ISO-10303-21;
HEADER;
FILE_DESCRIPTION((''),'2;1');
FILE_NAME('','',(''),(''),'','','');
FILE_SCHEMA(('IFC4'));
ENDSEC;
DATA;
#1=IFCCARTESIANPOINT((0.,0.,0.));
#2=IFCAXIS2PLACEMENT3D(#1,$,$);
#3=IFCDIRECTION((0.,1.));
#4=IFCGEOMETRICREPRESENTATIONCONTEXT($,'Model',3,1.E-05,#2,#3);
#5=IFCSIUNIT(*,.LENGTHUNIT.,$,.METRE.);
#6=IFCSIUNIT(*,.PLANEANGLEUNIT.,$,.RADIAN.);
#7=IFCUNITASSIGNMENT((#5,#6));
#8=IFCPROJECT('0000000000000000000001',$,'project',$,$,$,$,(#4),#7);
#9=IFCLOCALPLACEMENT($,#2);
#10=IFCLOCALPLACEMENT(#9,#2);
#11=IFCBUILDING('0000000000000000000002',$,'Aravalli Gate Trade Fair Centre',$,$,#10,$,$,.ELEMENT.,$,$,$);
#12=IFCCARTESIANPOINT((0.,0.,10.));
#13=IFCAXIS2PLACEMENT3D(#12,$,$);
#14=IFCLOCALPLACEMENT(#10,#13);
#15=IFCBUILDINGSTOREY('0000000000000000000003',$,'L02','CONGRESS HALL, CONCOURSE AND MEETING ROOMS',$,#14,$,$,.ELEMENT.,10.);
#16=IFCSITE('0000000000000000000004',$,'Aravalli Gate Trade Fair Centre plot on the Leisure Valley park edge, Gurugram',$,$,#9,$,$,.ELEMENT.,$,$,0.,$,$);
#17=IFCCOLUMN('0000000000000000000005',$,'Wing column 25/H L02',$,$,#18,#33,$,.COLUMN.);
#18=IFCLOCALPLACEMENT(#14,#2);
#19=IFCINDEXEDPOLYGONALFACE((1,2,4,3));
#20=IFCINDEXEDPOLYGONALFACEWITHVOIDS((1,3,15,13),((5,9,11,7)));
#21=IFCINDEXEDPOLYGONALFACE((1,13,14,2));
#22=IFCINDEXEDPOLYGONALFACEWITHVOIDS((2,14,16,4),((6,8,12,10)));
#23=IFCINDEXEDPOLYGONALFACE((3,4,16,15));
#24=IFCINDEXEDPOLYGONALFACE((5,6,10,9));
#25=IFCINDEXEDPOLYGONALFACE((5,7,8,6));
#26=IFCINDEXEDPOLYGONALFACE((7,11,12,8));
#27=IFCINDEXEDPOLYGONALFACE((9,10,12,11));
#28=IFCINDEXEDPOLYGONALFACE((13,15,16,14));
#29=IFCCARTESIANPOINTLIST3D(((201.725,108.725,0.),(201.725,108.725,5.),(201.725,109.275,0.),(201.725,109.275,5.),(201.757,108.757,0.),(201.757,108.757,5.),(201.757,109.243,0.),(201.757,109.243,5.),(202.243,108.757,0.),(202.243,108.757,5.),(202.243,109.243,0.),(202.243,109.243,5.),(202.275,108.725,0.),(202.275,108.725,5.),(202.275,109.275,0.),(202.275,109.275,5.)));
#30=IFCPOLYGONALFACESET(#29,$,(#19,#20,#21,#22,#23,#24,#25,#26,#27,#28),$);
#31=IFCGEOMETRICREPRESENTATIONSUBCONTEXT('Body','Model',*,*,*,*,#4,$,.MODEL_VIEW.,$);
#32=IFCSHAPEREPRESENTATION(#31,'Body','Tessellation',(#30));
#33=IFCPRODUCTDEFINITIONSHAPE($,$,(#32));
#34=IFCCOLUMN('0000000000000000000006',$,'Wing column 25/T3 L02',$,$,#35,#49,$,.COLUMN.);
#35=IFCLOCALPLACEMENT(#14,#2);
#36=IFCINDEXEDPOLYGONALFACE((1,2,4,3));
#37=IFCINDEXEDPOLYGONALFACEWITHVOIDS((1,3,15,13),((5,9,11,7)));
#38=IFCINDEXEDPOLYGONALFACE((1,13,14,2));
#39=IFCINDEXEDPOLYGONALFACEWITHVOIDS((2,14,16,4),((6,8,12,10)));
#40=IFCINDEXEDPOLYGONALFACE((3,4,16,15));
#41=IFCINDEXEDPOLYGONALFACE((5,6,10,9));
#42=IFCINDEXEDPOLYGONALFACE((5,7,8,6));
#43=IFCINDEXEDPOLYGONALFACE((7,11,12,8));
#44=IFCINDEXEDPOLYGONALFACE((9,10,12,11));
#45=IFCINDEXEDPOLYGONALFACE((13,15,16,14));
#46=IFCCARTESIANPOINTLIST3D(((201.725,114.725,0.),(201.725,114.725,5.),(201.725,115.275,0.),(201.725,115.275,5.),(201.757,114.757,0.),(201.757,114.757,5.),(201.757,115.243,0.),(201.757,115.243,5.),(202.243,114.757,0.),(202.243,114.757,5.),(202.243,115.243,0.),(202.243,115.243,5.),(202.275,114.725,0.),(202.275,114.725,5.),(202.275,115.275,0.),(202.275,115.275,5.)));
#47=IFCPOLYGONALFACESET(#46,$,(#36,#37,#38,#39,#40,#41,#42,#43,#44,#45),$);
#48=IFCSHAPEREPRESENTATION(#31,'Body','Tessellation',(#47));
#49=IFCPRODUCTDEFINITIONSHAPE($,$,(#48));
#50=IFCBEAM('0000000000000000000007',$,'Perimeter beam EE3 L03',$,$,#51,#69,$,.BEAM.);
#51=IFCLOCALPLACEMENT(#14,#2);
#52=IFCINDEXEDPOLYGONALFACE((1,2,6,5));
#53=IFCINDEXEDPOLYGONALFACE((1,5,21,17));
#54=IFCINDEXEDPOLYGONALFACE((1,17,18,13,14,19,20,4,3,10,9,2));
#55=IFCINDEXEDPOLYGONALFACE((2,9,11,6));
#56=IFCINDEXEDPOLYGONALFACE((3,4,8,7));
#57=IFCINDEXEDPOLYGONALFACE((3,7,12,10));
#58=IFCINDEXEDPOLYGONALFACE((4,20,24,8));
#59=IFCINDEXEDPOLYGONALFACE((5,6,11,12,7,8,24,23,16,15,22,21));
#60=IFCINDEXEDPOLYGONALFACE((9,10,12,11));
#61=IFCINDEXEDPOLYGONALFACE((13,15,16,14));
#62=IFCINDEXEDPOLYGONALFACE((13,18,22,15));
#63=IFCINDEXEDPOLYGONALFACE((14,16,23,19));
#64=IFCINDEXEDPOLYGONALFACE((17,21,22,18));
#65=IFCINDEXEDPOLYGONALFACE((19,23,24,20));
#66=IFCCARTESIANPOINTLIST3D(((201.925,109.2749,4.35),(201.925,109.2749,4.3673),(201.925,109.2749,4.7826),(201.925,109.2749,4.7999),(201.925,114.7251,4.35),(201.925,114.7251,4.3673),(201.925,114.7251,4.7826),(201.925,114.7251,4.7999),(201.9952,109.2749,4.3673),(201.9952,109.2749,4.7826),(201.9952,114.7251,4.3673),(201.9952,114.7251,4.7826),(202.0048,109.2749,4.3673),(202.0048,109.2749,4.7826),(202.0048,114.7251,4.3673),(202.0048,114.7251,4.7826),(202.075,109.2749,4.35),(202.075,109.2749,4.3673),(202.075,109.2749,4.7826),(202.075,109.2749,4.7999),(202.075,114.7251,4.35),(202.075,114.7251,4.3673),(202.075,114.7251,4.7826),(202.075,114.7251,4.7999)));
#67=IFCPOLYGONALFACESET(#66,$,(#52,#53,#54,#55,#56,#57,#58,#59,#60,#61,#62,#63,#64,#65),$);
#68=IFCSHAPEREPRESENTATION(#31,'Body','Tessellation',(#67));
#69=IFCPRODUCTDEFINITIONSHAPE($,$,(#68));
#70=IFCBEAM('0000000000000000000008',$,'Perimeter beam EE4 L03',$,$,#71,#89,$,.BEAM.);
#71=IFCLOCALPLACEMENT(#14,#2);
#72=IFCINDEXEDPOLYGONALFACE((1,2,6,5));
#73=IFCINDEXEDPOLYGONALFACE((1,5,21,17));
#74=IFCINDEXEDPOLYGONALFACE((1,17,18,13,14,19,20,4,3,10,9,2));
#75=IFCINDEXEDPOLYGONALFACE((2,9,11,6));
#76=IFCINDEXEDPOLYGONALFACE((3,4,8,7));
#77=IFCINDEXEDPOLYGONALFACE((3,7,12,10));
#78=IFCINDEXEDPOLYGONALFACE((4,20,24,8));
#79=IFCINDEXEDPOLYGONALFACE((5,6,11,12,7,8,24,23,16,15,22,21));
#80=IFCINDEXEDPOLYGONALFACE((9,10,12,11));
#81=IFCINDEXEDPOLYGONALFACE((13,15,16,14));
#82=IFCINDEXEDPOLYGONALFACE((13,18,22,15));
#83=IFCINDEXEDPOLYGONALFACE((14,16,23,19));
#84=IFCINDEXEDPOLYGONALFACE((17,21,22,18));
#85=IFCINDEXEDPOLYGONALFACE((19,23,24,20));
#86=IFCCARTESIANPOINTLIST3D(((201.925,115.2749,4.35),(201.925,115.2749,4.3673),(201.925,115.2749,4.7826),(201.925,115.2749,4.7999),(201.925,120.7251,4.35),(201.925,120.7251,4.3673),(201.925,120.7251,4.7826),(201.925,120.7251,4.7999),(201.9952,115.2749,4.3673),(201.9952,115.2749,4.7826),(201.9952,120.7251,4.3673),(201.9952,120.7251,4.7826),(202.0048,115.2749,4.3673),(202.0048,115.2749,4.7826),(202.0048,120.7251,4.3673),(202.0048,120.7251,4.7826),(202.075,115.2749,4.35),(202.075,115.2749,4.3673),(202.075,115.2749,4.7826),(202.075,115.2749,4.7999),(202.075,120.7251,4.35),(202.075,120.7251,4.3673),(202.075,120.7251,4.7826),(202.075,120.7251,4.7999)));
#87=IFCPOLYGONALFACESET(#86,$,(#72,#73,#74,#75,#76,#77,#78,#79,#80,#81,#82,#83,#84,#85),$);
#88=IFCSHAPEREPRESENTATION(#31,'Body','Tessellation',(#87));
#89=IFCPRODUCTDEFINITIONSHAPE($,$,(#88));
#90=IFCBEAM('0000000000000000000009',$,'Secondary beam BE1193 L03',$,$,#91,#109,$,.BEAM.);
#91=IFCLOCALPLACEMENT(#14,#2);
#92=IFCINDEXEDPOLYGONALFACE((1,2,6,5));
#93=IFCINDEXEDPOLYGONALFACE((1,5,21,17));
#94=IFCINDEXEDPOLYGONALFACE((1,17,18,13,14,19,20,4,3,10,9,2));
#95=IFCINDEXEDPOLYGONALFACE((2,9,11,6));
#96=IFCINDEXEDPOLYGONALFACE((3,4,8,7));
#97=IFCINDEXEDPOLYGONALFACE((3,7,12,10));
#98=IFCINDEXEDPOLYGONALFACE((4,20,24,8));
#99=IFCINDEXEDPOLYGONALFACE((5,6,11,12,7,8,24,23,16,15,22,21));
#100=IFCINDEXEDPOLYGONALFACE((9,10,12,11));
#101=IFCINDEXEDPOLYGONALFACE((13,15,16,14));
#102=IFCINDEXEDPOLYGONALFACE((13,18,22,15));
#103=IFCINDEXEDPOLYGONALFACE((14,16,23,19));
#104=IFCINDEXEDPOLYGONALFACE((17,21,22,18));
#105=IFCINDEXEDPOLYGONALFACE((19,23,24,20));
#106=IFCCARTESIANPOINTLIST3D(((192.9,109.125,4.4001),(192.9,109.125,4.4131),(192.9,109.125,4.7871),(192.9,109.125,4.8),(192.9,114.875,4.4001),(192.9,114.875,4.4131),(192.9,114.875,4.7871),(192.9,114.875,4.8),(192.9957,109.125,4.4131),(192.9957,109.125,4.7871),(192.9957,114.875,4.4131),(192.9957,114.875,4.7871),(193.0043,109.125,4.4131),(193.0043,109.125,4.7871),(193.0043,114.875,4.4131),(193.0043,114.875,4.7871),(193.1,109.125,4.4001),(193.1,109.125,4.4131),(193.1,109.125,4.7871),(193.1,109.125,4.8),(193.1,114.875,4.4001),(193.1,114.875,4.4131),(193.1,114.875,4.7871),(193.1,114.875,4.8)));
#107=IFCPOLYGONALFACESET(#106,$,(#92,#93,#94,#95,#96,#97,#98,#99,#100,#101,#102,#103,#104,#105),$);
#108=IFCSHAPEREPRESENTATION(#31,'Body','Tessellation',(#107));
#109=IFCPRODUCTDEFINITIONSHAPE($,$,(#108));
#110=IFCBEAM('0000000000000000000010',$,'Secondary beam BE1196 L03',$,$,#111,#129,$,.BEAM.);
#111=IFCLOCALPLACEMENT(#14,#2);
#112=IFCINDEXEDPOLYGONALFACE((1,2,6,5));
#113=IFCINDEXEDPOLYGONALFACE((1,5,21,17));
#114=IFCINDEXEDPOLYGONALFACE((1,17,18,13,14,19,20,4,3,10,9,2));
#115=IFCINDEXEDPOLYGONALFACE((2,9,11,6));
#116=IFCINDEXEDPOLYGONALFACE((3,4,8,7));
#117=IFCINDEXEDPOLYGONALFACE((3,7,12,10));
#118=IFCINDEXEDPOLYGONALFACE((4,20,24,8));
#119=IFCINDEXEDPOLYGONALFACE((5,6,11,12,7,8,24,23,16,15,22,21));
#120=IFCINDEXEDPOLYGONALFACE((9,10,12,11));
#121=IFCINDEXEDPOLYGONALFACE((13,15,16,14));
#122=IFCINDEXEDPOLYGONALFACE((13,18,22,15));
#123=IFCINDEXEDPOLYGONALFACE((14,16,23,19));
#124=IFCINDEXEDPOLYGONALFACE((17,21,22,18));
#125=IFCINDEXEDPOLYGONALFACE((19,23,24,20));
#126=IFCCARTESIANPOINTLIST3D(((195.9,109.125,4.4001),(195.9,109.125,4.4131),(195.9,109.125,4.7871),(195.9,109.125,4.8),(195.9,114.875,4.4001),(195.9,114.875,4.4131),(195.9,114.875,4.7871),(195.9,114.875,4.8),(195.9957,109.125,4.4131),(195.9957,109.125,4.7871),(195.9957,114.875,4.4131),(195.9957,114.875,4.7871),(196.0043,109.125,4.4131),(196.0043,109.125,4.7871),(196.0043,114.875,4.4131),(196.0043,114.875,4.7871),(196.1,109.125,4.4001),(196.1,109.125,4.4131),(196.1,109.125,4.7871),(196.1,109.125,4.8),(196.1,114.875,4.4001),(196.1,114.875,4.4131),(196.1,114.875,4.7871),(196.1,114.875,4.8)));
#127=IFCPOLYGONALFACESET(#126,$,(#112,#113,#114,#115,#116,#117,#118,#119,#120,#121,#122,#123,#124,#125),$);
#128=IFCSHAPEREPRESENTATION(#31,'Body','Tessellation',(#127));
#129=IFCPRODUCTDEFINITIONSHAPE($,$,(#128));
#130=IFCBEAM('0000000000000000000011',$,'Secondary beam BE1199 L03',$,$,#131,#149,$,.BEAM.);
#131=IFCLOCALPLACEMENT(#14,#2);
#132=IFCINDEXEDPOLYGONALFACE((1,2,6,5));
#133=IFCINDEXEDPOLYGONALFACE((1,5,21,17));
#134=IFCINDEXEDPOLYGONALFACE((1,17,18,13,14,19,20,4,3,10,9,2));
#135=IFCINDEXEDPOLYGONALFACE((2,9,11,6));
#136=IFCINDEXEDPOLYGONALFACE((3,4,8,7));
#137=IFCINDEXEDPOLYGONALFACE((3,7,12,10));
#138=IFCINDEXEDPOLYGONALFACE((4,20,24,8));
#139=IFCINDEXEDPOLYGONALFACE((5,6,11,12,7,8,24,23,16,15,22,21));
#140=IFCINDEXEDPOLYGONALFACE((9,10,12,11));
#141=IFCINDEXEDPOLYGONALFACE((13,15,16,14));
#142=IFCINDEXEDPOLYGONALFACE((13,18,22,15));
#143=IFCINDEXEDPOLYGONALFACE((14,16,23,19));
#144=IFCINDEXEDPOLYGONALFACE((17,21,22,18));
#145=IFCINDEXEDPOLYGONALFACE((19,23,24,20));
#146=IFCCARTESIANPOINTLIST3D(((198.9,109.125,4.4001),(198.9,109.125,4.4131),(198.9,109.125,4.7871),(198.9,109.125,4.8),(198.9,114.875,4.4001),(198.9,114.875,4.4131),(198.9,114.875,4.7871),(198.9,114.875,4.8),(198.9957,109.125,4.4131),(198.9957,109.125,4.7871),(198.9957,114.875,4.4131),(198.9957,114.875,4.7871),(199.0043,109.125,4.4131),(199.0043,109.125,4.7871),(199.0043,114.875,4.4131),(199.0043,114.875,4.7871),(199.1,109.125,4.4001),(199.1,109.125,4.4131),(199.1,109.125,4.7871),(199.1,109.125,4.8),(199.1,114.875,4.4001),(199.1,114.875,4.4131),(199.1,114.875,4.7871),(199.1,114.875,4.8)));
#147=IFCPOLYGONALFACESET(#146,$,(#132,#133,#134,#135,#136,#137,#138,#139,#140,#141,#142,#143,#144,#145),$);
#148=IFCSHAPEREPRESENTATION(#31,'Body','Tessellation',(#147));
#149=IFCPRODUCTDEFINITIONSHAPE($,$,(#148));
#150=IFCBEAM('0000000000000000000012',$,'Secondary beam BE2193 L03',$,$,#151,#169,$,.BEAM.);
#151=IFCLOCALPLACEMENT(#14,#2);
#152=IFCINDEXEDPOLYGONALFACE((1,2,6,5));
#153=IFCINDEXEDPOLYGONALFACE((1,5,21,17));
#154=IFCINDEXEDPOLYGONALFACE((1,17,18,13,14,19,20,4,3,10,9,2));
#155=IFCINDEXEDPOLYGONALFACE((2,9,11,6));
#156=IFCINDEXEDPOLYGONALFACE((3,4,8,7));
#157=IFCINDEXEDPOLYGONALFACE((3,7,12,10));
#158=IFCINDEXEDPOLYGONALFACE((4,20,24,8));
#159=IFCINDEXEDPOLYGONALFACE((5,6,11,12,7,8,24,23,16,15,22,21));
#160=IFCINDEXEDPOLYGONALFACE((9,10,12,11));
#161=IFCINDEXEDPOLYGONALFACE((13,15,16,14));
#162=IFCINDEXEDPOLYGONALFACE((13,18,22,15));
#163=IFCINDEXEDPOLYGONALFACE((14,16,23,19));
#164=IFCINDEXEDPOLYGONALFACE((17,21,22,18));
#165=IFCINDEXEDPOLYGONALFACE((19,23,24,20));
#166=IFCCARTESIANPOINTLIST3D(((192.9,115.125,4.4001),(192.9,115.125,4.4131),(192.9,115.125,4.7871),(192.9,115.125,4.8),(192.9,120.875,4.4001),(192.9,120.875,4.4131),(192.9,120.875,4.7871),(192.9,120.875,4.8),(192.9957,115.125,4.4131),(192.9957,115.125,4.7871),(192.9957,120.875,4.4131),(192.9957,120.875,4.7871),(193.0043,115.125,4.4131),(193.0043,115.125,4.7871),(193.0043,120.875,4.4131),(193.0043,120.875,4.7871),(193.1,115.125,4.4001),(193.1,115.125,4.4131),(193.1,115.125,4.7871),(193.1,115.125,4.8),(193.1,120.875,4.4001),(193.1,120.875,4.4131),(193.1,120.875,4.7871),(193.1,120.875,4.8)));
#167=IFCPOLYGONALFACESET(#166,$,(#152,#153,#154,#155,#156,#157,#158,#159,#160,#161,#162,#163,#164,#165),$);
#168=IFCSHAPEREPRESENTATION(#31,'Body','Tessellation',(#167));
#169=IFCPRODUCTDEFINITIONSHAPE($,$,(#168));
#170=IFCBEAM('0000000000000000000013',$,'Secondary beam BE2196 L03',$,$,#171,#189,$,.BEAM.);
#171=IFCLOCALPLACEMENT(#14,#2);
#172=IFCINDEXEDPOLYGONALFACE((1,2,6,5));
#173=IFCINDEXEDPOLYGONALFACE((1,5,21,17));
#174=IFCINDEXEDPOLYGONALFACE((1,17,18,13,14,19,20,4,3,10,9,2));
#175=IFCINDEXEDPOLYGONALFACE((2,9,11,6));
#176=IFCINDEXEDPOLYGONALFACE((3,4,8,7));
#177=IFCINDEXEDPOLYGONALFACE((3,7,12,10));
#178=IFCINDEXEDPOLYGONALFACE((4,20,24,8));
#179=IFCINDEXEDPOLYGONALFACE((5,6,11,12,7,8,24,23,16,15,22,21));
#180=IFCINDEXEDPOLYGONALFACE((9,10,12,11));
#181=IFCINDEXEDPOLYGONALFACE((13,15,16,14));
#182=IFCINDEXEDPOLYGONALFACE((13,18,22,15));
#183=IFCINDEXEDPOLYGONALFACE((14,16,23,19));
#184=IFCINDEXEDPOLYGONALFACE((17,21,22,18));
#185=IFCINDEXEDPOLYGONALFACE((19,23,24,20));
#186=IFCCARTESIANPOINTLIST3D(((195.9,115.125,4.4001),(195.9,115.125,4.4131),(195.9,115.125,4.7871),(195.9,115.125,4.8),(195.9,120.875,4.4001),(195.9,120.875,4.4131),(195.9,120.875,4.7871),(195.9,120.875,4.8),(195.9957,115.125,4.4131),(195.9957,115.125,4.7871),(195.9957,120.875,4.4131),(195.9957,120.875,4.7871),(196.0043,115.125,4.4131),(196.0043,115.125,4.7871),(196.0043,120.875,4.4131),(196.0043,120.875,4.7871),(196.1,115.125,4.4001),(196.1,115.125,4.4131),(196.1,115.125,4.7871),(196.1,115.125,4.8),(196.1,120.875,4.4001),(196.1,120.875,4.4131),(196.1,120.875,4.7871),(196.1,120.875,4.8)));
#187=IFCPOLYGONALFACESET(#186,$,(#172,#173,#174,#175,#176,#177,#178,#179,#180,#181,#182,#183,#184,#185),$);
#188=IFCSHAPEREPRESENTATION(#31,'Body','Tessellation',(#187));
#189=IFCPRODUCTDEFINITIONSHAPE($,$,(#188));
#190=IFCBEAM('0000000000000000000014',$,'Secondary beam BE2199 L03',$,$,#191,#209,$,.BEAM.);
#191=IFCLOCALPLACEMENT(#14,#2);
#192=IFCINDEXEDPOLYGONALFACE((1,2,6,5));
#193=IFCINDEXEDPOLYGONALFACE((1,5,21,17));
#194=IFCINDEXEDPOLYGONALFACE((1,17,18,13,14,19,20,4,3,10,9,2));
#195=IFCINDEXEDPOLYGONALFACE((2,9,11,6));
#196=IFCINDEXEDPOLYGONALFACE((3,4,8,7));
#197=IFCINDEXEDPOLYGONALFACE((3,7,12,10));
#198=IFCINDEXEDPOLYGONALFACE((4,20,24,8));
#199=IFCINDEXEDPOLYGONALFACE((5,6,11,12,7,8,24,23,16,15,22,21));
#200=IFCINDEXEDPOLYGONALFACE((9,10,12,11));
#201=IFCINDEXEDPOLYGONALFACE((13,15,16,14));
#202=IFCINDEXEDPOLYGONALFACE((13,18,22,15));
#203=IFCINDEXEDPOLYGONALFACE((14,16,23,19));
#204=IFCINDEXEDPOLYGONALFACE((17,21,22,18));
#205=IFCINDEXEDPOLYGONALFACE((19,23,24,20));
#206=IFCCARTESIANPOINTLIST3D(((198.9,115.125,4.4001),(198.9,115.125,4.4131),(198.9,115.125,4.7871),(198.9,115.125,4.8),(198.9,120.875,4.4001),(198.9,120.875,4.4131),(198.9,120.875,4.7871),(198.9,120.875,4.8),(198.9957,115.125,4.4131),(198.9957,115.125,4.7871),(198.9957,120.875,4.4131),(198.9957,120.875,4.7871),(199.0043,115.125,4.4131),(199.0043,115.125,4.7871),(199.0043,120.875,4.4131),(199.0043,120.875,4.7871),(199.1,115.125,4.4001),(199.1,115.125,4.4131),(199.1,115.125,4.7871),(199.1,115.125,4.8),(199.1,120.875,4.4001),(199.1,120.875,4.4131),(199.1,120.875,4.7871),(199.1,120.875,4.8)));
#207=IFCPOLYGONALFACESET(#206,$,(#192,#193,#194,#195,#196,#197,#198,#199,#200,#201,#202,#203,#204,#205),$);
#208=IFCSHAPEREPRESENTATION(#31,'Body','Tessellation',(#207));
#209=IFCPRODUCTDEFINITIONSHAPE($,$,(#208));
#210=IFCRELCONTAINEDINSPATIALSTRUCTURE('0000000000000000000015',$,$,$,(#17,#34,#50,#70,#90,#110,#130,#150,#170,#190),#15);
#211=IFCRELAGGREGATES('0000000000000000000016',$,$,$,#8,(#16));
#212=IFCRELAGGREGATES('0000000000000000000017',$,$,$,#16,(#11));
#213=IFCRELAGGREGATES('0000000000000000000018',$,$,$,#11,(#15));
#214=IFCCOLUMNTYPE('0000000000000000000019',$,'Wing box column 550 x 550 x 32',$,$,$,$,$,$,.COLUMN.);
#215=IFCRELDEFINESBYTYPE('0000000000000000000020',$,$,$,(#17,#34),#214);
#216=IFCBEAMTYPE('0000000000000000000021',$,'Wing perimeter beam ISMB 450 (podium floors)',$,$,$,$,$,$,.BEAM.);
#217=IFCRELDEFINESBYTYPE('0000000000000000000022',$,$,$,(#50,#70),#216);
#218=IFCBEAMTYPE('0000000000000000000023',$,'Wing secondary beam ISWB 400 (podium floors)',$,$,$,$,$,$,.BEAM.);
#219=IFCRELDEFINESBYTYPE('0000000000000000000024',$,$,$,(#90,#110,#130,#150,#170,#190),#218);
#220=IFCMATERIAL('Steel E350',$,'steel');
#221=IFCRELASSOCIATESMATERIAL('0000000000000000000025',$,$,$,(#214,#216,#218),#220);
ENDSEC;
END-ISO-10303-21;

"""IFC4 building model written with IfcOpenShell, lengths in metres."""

from ifc_helpers import new_model, si_unit, direction, frame, origin, origin_2d, place, context, subcontext, project, spatial, hollow_rectangle, i_section, extrude, material, material_profile, profile_set, type_object, element, save


model = new_model("IFC4")

# Units and contexts
model_context = context("Model", 3, precision=1e-05, world=origin(), true_north=direction((0.0, 1.0)))
body_context = subcontext(model_context, "Body", "Model", "MODEL_VIEW")
ifc_project = project(units=[si_unit("LENGTHUNIT", "METRE"), si_unit("PLANEANGLEUNIT", "RADIAN")], contexts=[model_context])

# Site, building, storey
site_placement = place(None, origin())
site = spatial("IfcSite", under=ifc_project, at=site_placement, Name="Aravalli Gate Trade Fair Centre plot on the Leisure Valley park edge, Gurugram", CompositionType="ELEMENT", RefElevation=0.0)
building_placement = place(site_placement, origin())
building = spatial("IfcBuilding", under=site, at=building_placement, Name="Aravalli Gate Trade Fair Centre", CompositionType="ELEMENT")
storey_placement = place(building_placement, frame((0.0, 0.0, 10.0)))
storey = spatial("IfcBuildingStorey", under=building, at=storey_placement, Name="L02", Description="CONGRESS HALL, CONCOURSE AND MEETING ROOMS", CompositionType="ELEMENT", Elevation=10.0)

# Columns
ifc_material_1 = material(Name="Steel E350", Category="steel")
ifc_material_profile_1 = material_profile(ifc_material_1, hollow_rectangle(XDim=0.55, YDim=0.55, WallThickness=0.032, at=origin_2d()), Name="BOX 550x550x32")
ifc_profile_set_1 = profile_set([ifc_material_profile_1], Name="Steel E350")
column_type = type_object("IfcColumnType", Name="Wing box column 550 x 550 x 32", PredefinedType="COLUMN", material=ifc_profile_set_1)
for number, where, z_axis, x_axis, name in (
    (1, (202.0, 109.0, 0.0), (0.0, 0.0, 1.0), (1.0, 0.0, 0.0), "Wing column 25/H L02"),
    (2, (202.0, 115.0, 0.0), (0.0, 0.0, 1.0), (1.0, 0.0, 0.0), "Wing column 25/T3 L02"),
):
    element("IfcColumn", number, at=place(storey_placement, frame(where, z_axis=z_axis, x_axis=x_axis)), inside=storey, type_object=column_type, Name=name, PredefinedType="COLUMN", context=body_context, shape_type="SweptSolid", body=[
        extrude(hollow_rectangle(XDim=0.55, YDim=0.55, WallThickness=0.032, at=origin_2d()), origin(), (0.0, 0.0, 1.0), 5.0),
    ])

# Beams
ifc_material_profile_2 = material_profile(ifc_material_1, i_section(OverallWidth=0.1499, OverallDepth=0.45, WebThickness=0.0095, FlangeThickness=0.0173, at=origin_2d()), Name="ISMB 450")
ifc_profile_set_2 = profile_set([ifc_material_profile_2], Name="Steel E350")
beam_type_1 = type_object("IfcBeamType", Name="Wing perimeter beam ISMB 450 (podium floors)", PredefinedType="BEAM", material=ifc_profile_set_2)
for number, where, z_axis, x_axis, name in (
    (3, (202.0, 109.2749, 4.575), (0.0, 1.0, 0.0), (-1.0, 0.0, 0.0), "Perimeter beam EE3 L03"),
    (4, (202.0, 115.2749, 4.575), (0.0, 1.0, 0.0), (-1.0, 0.0, 0.0), "Perimeter beam EE4 L03"),
):
    element("IfcBeam", number, at=place(storey_placement, frame(where, z_axis=z_axis, x_axis=x_axis)), inside=storey, type_object=beam_type_1, Name=name, PredefinedType="BEAM", context=body_context, shape_type="SweptSolid", body=[
        extrude(i_section(OverallWidth=0.1499, OverallDepth=0.45, WebThickness=0.0095, FlangeThickness=0.0173, at=origin_2d()), origin(), (0.0, 0.0, 1.0), 5.4502),
    ])
ifc_material_profile_3 = material_profile(ifc_material_1, i_section(OverallWidth=0.2, OverallDepth=0.3999, WebThickness=0.0085, FlangeThickness=0.0129, at=origin_2d()), Name="ISWB 400")
ifc_profile_set_3 = profile_set([ifc_material_profile_3], Name="Steel E350")
beam_type_2 = type_object("IfcBeamType", Name="Wing secondary beam ISWB 400 (podium floors)", PredefinedType="BEAM", material=ifc_profile_set_3)
for number, where, z_axis, x_axis, name in (
    (5, (193.0, 109.125, 4.6001), (0.0, 1.0, 0.0), (-1.0, 0.0, 0.0), "Secondary beam BE1193 L03"),
    (6, (196.0, 109.125, 4.6001), (0.0, 1.0, 0.0), (-1.0, 0.0, 0.0), "Secondary beam BE1196 L03"),
    (7, (199.0, 109.125, 4.6001), (0.0, 1.0, 0.0), (-1.0, 0.0, 0.0), "Secondary beam BE1199 L03"),
    (8, (193.0, 115.125, 4.6001), (0.0, 1.0, 0.0), (-1.0, 0.0, 0.0), "Secondary beam BE2193 L03"),
    (9, (196.0, 115.125, 4.6001), (0.0, 1.0, 0.0), (-1.0, 0.0, 0.0), "Secondary beam BE2196 L03"),
    (10, (199.0, 115.125, 4.6001), (0.0, 1.0, 0.0), (-1.0, 0.0, 0.0), "Secondary beam BE2199 L03"),
):
    element("IfcBeam", number, at=place(storey_placement, frame(where, z_axis=z_axis, x_axis=x_axis)), inside=storey, type_object=beam_type_2, Name=name, PredefinedType="BEAM", context=body_context, shape_type="SweptSolid", body=[
        extrude(i_section(OverallWidth=0.2, OverallDepth=0.3999, WebThickness=0.0085, FlangeThickness=0.0129, at=origin_2d()), origin(), (0.0, 0.0, 1.0), 5.75),
    ])

save(model, "model.ifc")
